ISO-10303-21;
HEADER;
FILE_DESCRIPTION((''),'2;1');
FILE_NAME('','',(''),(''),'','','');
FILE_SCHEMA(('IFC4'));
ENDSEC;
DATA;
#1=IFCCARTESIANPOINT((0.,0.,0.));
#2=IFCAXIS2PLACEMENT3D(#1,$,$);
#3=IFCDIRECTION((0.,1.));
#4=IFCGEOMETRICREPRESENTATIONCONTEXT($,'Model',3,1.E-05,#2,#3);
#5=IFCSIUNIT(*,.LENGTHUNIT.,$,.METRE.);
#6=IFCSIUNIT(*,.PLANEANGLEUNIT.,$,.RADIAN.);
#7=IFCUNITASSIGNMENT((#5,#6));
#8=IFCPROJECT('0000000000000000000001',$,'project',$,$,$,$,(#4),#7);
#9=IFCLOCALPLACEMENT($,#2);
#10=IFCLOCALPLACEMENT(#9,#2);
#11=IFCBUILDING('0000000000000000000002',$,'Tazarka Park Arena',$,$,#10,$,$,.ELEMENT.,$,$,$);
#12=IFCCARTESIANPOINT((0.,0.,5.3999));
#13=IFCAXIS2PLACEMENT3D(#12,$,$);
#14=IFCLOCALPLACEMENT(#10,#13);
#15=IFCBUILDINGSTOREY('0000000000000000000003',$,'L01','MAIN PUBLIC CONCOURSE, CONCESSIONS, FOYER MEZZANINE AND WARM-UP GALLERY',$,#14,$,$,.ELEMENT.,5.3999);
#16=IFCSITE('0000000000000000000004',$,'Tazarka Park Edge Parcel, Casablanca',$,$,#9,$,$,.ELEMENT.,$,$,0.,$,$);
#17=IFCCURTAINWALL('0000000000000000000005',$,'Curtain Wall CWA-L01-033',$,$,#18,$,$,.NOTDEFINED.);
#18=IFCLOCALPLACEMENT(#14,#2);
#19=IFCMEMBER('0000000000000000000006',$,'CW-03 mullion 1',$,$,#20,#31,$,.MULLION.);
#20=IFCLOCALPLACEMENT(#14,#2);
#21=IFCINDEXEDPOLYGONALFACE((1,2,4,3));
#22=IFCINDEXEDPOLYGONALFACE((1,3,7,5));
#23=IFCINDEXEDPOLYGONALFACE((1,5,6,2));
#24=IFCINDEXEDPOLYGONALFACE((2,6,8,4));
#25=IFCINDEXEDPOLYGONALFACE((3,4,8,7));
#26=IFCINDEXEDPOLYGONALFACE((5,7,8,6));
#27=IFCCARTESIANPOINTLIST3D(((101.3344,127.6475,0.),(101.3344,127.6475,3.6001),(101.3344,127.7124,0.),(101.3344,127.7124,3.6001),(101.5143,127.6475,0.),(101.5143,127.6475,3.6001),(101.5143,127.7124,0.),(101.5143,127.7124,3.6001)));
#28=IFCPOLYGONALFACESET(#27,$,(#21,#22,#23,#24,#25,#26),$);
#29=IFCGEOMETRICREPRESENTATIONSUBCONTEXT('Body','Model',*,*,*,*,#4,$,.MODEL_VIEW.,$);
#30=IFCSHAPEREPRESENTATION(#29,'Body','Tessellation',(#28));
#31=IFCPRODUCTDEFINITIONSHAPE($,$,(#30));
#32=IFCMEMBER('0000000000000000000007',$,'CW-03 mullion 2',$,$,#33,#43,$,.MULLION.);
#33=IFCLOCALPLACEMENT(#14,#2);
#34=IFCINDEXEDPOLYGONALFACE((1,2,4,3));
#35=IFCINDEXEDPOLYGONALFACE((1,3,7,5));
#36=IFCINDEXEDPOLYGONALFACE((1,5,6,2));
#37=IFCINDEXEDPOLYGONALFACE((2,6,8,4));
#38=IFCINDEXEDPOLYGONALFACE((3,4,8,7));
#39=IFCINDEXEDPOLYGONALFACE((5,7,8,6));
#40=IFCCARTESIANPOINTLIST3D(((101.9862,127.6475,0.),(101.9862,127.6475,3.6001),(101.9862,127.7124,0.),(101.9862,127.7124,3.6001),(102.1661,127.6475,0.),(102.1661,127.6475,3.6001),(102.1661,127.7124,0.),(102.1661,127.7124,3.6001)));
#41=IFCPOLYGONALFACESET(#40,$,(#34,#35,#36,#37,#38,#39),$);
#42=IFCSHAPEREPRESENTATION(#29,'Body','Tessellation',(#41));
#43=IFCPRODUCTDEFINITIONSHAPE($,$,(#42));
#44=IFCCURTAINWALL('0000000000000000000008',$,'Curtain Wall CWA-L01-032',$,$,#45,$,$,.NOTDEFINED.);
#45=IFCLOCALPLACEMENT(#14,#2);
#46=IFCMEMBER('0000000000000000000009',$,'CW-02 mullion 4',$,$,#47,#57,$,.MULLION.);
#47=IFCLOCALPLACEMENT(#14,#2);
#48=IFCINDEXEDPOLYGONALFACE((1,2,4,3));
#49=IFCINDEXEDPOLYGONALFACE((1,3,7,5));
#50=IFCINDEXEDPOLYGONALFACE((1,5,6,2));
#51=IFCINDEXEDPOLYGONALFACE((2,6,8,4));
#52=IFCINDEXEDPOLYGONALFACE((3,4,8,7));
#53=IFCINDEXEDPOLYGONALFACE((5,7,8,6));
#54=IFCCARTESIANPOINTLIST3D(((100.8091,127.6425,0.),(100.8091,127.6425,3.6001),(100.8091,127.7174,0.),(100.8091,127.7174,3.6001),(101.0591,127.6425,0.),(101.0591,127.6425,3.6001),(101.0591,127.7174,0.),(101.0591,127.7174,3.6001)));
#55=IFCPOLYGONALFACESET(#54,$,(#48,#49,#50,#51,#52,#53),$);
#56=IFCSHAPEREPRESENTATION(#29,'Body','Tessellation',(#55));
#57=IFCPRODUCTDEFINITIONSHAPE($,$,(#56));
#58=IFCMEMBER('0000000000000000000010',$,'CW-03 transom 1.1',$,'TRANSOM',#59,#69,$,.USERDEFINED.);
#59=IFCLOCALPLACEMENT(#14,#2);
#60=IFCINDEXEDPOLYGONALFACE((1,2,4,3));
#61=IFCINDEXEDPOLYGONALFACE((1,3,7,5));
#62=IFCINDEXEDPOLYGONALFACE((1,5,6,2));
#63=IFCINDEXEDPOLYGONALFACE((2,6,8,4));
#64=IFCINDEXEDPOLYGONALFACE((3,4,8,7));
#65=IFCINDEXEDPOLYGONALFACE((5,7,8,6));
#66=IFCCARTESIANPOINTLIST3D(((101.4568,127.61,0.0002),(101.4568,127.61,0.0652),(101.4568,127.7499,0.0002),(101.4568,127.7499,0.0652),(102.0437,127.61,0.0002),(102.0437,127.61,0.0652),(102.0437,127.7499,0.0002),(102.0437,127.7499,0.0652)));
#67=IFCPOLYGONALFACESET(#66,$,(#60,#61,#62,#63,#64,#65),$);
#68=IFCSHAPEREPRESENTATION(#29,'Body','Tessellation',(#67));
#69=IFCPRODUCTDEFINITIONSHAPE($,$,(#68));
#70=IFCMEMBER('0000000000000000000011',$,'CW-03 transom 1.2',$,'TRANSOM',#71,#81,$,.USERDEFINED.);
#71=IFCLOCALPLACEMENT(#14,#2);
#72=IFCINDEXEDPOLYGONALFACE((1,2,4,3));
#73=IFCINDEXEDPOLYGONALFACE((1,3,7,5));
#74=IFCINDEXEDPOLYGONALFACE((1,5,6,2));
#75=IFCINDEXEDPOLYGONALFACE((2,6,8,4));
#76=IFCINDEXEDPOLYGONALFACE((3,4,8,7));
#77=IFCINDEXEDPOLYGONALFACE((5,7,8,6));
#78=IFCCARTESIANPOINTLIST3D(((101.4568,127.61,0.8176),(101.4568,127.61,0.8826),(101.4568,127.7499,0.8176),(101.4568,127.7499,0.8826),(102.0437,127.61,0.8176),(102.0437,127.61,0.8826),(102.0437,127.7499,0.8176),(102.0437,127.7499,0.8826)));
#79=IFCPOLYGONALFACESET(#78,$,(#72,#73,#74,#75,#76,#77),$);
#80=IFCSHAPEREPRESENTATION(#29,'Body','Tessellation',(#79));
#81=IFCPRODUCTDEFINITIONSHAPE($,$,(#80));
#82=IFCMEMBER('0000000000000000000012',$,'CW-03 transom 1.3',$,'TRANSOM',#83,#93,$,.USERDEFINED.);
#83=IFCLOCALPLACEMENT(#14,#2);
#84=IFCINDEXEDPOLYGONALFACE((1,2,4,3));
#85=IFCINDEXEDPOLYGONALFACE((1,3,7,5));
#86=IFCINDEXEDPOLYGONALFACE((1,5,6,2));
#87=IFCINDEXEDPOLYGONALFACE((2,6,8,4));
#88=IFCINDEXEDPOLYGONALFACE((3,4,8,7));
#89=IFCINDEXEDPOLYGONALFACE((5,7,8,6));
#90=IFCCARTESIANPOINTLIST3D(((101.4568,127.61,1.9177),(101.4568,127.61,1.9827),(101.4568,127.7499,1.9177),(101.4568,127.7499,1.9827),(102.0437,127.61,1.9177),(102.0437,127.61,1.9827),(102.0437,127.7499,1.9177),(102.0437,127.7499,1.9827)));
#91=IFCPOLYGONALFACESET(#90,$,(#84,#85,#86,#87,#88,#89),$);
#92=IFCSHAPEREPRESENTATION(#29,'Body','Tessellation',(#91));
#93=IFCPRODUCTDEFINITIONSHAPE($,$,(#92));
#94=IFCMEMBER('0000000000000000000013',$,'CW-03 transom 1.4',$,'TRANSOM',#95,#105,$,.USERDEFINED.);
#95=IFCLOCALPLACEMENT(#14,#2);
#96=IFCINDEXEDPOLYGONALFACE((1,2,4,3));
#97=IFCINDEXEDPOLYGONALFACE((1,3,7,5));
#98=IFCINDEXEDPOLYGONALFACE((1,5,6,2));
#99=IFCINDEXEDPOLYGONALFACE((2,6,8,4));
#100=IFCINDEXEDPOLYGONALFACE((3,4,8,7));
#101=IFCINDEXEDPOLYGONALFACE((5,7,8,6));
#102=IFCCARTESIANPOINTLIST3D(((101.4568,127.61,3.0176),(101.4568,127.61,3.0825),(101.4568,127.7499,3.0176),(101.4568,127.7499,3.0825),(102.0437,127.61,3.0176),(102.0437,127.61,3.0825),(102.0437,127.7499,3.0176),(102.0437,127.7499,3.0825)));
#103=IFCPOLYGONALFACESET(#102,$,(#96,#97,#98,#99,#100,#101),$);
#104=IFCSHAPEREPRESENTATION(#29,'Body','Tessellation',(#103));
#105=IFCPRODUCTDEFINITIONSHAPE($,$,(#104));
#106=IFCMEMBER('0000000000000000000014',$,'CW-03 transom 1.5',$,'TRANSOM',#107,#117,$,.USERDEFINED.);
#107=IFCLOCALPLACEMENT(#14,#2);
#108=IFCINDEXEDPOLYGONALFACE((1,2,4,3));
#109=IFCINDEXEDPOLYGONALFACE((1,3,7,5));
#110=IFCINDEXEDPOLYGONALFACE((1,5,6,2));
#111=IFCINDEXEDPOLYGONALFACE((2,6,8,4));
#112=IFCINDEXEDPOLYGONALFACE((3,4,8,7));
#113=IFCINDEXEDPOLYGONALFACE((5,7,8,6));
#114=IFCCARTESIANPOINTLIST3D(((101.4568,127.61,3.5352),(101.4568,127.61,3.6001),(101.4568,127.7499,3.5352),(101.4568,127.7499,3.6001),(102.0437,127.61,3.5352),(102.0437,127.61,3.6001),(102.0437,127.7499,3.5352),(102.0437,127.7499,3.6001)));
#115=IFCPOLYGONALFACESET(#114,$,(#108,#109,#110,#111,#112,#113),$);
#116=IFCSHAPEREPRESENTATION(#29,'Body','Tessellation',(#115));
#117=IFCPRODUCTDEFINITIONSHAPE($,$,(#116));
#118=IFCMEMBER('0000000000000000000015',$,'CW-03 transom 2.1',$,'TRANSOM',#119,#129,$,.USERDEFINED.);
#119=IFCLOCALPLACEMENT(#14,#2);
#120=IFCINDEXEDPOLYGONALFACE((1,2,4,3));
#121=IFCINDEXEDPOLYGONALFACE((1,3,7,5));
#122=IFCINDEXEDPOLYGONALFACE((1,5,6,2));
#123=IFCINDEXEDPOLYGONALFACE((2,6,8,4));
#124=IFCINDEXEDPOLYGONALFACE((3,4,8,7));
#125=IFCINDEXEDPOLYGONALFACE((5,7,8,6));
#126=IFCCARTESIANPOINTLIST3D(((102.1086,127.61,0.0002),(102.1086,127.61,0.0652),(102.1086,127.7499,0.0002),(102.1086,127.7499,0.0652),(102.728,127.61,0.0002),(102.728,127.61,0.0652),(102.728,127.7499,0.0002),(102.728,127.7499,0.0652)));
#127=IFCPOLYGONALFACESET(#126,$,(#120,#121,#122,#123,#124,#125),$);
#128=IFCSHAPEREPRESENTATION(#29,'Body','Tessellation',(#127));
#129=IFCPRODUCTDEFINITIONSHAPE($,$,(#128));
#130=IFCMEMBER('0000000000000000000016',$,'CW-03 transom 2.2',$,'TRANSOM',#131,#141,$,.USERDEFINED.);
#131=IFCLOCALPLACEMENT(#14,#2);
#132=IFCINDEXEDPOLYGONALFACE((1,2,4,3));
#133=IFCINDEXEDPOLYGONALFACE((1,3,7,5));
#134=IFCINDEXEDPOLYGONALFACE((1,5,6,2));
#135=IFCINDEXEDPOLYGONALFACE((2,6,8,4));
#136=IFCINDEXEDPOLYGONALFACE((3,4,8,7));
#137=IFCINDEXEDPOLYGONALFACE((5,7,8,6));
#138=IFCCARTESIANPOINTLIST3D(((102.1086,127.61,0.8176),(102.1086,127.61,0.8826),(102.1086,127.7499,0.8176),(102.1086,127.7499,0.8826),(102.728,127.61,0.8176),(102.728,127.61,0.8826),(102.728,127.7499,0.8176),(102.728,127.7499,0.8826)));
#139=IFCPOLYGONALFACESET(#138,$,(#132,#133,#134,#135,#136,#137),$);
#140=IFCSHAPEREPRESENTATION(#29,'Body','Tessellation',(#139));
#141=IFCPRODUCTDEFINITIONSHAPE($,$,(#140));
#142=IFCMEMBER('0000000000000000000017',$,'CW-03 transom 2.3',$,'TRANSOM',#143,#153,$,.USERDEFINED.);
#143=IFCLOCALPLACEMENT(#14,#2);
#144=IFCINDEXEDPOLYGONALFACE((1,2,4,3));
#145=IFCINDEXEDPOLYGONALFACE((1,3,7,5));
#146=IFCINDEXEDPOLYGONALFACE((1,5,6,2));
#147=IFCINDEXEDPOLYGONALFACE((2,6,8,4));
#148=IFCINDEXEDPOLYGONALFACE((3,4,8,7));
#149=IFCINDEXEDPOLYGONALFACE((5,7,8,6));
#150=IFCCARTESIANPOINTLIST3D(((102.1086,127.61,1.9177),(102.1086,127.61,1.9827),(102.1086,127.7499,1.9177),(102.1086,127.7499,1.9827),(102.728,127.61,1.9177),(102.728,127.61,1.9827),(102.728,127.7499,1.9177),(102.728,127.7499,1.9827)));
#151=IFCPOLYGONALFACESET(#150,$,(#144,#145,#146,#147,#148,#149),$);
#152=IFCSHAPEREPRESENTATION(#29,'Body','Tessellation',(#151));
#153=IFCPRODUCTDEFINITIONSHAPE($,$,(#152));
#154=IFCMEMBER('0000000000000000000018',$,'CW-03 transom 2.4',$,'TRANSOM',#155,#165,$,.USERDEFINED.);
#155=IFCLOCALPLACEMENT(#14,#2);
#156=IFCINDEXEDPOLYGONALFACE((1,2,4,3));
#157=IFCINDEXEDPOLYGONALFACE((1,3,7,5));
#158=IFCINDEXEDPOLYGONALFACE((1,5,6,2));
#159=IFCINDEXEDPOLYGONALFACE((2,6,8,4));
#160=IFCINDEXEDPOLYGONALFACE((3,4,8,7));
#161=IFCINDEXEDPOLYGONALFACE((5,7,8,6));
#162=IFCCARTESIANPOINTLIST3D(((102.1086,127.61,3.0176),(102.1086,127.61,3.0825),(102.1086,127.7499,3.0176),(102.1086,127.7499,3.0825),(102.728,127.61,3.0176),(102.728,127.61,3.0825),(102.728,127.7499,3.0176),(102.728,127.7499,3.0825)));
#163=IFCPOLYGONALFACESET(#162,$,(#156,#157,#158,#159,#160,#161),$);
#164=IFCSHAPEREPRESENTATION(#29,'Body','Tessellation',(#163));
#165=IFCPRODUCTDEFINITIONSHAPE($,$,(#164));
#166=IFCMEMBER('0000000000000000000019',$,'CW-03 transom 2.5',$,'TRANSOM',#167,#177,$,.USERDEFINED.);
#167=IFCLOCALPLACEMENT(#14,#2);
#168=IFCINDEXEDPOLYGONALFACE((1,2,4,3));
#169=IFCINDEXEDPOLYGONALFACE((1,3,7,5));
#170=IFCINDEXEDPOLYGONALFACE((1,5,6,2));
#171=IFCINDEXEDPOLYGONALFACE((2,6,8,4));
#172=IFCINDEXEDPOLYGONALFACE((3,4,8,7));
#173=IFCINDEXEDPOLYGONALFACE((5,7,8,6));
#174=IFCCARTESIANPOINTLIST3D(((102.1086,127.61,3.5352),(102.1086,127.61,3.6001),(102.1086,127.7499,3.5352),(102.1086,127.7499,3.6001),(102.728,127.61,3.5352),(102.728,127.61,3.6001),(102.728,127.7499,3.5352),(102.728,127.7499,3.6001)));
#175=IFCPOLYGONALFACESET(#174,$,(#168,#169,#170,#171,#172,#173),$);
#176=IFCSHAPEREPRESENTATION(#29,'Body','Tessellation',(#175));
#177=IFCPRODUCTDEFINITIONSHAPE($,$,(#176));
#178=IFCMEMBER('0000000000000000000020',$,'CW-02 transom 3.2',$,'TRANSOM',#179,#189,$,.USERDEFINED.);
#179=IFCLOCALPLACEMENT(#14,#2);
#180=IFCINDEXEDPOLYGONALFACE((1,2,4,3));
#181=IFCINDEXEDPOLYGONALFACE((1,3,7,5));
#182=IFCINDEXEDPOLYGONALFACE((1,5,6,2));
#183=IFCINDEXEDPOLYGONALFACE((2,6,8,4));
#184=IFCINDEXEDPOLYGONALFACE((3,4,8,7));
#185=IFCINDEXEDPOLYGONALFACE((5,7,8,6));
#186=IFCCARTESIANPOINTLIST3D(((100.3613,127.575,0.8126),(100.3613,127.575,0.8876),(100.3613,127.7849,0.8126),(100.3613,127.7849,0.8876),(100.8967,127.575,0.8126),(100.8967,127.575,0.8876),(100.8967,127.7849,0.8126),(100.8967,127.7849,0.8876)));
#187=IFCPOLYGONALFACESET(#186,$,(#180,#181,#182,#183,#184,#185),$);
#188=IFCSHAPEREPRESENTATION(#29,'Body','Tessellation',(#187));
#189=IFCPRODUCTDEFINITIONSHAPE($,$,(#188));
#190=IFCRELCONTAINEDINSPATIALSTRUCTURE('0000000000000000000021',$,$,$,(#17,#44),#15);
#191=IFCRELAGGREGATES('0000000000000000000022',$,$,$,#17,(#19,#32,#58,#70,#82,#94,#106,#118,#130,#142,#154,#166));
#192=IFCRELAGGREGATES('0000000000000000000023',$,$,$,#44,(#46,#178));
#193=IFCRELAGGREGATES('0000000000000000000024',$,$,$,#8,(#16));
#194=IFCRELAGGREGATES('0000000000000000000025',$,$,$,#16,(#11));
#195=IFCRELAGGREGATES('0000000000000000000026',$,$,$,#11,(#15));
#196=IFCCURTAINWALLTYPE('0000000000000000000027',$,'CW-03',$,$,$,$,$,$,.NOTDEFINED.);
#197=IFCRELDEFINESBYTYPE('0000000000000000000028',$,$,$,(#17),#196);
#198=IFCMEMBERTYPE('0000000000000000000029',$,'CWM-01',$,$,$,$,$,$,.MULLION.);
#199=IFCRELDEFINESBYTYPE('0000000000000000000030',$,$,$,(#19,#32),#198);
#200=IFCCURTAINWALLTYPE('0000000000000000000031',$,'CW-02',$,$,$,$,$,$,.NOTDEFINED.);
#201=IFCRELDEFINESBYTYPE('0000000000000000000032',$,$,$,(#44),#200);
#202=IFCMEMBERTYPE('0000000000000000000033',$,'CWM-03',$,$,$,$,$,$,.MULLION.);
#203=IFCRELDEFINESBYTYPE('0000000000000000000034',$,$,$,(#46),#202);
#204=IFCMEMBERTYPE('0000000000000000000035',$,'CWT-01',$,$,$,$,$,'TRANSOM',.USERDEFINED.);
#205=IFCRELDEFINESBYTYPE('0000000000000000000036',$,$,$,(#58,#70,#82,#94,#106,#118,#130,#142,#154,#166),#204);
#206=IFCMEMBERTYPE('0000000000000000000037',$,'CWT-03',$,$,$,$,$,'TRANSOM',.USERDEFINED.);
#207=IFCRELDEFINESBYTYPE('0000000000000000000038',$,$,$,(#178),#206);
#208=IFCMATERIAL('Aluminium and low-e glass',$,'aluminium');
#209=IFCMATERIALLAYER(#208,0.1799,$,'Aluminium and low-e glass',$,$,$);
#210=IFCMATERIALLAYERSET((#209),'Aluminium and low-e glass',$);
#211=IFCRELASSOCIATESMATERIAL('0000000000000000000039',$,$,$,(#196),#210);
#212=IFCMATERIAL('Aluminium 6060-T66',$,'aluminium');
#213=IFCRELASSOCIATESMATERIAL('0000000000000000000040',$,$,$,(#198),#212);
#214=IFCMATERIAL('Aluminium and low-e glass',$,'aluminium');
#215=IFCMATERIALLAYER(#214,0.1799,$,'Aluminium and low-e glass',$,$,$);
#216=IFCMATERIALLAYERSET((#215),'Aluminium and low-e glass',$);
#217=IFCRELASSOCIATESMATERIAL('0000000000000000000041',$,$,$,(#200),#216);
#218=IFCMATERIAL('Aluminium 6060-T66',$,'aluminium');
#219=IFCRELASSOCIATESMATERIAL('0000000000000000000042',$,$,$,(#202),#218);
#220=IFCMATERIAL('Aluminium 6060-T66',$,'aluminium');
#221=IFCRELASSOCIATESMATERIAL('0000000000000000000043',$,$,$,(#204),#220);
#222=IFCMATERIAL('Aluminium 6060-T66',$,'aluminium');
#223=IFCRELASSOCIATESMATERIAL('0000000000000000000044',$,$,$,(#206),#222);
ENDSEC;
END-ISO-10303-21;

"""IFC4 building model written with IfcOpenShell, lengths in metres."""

from ifc_helpers import new_model, si_unit, direction, frame, origin, origin_2d, place, context, subcontext, project, spatial, rectangle, extrude, material, layer, layer_set, material_profile, profile_set, type_object, element, aggregate, save


model = new_model("IFC4")

# Units and contexts
model_context = context("Model", 3, precision=1e-05, world=origin(), true_north=direction((0.0, 1.0)))
body_context = subcontext(model_context, "Body", "Model", "MODEL_VIEW")
ifc_project = project(units=[si_unit("LENGTHUNIT", "METRE"), si_unit("PLANEANGLEUNIT", "RADIAN")], contexts=[model_context])

# Site, building, storey
site_placement = place(None, origin())
site = spatial("IfcSite", under=ifc_project, at=site_placement, Name="Tazarka Park Edge Parcel, Casablanca", CompositionType="ELEMENT", RefElevation=0.0)
building_placement = place(site_placement, origin())
building = spatial("IfcBuilding", under=site, at=building_placement, Name="Tazarka Park Arena", CompositionType="ELEMENT")
storey_placement = place(building_placement, frame((0.0, 0.0, 5.3999)))
storey = spatial("IfcBuildingStorey", under=building, at=storey_placement, Name="L01", Description="MAIN PUBLIC CONCOURSE, CONCESSIONS, FOYER MEZZANINE AND WARM-UP GALLERY", CompositionType="ELEMENT", Elevation=5.3999)

# Curtain wall, members
ifc_material_1 = material(Name="Aluminium and low-e glass", Category="aluminium")
ifc_layer_1 = layer(ifc_material_1, 0.1799, Name="Aluminium and low-e glass")
ifc_layer_set_1 = layer_set([ifc_layer_1], Name="Aluminium and low-e glass")
curtain_wall_type_1 = type_object("IfcCurtainWallType", Name="CW-03", PredefinedType="NOTDEFINED", material=ifc_layer_set_1)
curtain_wall_1_placement = place(storey_placement, origin())
curtain_wall_1 = element("IfcCurtainWall", 1, at=curtain_wall_1_placement, inside=storey, type_object=curtain_wall_type_1, Name="Curtain Wall CWA-L01-033", PredefinedType="NOTDEFINED")
ifc_material_2 = material(Name="Aluminium 6060-T66", Category="aluminium")
ifc_material_profile_1 = material_profile(ifc_material_2, rectangle(XDim=0.0649, YDim=0.1799, at=origin_2d()), Name="Aluminium 6060-T66")
ifc_profile_set_1 = profile_set([ifc_material_profile_1], Name="Aluminium 6060-T66")
member_type_1 = type_object("IfcMemberType", Name="CWM-01", PredefinedType="MULLION", material=ifc_profile_set_1)
member_1_placement = place(storey_placement, frame((101.4243, 127.6799, 0.0), z_axis=(0.0, 0.0, 1.0), x_axis=(0.0, 1.0, 0.0)))
member_1 = element("IfcMember", 2, at=member_1_placement, type_object=member_type_1, Name="CW-03 mullion 1", PredefinedType="MULLION", context=body_context, shape_type="SweptSolid", body=[
    extrude(rectangle(XDim=0.0649, YDim=0.1799, at=origin_2d()), origin(), (0.0, 0.0, 1.0), 3.6001),
])
member_2_placement = place(storey_placement, frame((102.0762, 127.6799, 0.0), z_axis=(0.0, 0.0, 1.0), x_axis=(0.0, 1.0, 0.0)))
member_2 = element("IfcMember", 3, at=member_2_placement, type_object=member_type_1, Name="CW-03 mullion 2", PredefinedType="MULLION", context=body_context, shape_type="SweptSolid", body=[
    extrude(rectangle(XDim=0.0649, YDim=0.1799, at=origin_2d()), origin(), (0.0, 0.0, 1.0), 3.6001),
])

# Curtain wall, member
ifc_material_3 = material(Name="Aluminium and low-e glass", Category="aluminium")
ifc_layer_2 = layer(ifc_material_3, 0.1799, Name="Aluminium and low-e glass")
ifc_layer_set_2 = layer_set([ifc_layer_2], Name="Aluminium and low-e glass")
curtain_wall_type_2 = type_object("IfcCurtainWallType", Name="CW-02", PredefinedType="NOTDEFINED", material=ifc_layer_set_2)
curtain_wall_2_placement = place(storey_placement, origin())
curtain_wall_2 = element("IfcCurtainWall", 4, at=curtain_wall_2_placement, inside=storey, type_object=curtain_wall_type_2, Name="Curtain Wall CWA-L01-032", PredefinedType="NOTDEFINED")
ifc_material_4 = material(Name="Aluminium 6060-T66", Category="aluminium")
ifc_material_profile_2 = material_profile(ifc_material_4, rectangle(XDim=0.075, YDim=0.25, at=origin_2d()), Name="Aluminium 6060-T66")
ifc_profile_set_2 = profile_set([ifc_material_profile_2], Name="Aluminium 6060-T66")
member_type_2 = type_object("IfcMemberType", Name="CWM-03", PredefinedType="MULLION", material=ifc_profile_set_2)
member_3_placement = place(storey_placement, frame((100.9341, 127.6799, 0.0), z_axis=(0.0, 0.0, 1.0), x_axis=(0.0, 1.0, 0.0)))
member_3 = element("IfcMember", 5, at=member_3_placement, type_object=member_type_2, Name="CW-02 mullion 4", PredefinedType="MULLION", context=body_context, shape_type="SweptSolid", body=[
    extrude(rectangle(XDim=0.075, YDim=0.25, at=origin_2d()), origin(), (0.0, 0.0, 1.0), 3.6001),
])

# Members
ifc_material_5 = material(Name="Aluminium 6060-T66", Category="aluminium")
ifc_material_profile_3 = material_profile(ifc_material_5, rectangle(XDim=0.1399, YDim=0.0649, at=origin_2d()), Name="Aluminium 6060-T66")
ifc_profile_set_3 = profile_set([ifc_material_profile_3], Name="Aluminium 6060-T66")
member_type_3 = type_object("IfcMemberType", Name="CWT-01", ElementType="TRANSOM", PredefinedType="USERDEFINED", material=ifc_profile_set_3)
member_4_placement = place(storey_placement, frame((101.4568, 127.6799, 0.0327), z_axis=(1.0, 0.0, 0.0), x_axis=(0.0, 1.0, 0.0)))
member_4 = element("IfcMember", 6, at=member_4_placement, type_object=member_type_3, Name="CW-03 transom 1.1", ObjectType="TRANSOM", PredefinedType="USERDEFINED", context=body_context, shape_type="SweptSolid", body=[
    extrude(rectangle(XDim=0.1399, YDim=0.0649, at=origin_2d()), origin(), (0.0, 0.0, 1.0), 0.5869),
])
member_5_placement = place(storey_placement, frame((101.4568, 127.6799, 0.8501), z_axis=(1.0, 0.0, 0.0), x_axis=(0.0, 1.0, 0.0)))
member_5 = element("IfcMember", 7, at=member_5_placement, type_object=member_type_3, Name="CW-03 transom 1.2", ObjectType="TRANSOM", PredefinedType="USERDEFINED", context=body_context, shape_type="SweptSolid", body=[
    extrude(rectangle(XDim=0.1399, YDim=0.0649, at=origin_2d()), origin(), (0.0, 0.0, 1.0), 0.5869),
])
member_6_placement = place(storey_placement, frame((101.4568, 127.6799, 1.9502), z_axis=(1.0, 0.0, 0.0), x_axis=(0.0, 1.0, 0.0)))
member_6 = element("IfcMember", 8, at=member_6_placement, type_object=member_type_3, Name="CW-03 transom 1.3", ObjectType="TRANSOM", PredefinedType="USERDEFINED", context=body_context, shape_type="SweptSolid", body=[
    extrude(rectangle(XDim=0.1399, YDim=0.0649, at=origin_2d()), origin(), (0.0, 0.0, 1.0), 0.5869),
])
member_7_placement = place(storey_placement, frame((101.4568, 127.6799, 3.05), z_axis=(1.0, 0.0, 0.0), x_axis=(0.0, 1.0, 0.0)))
member_7 = element("IfcMember", 9, at=member_7_placement, type_object=member_type_3, Name="CW-03 transom 1.4", ObjectType="TRANSOM", PredefinedType="USERDEFINED", context=body_context, shape_type="SweptSolid", body=[
    extrude(rectangle(XDim=0.1399, YDim=0.0649, at=origin_2d()), origin(), (0.0, 0.0, 1.0), 0.5869),
])
member_8_placement = place(storey_placement, frame((101.4568, 127.6799, 3.5676), z_axis=(1.0, 0.0, 0.0), x_axis=(0.0, 1.0, 0.0)))
member_8 = element("IfcMember", 10, at=member_8_placement, type_object=member_type_3, Name="CW-03 transom 1.5", ObjectType="TRANSOM", PredefinedType="USERDEFINED", context=body_context, shape_type="SweptSolid", body=[
    extrude(rectangle(XDim=0.1399, YDim=0.0649, at=origin_2d()), origin(), (0.0, 0.0, 1.0), 0.5869),
])
member_9_placement = place(storey_placement, frame((102.1086, 127.6799, 0.0327), z_axis=(1.0, 0.0, 0.0), x_axis=(0.0, 1.0, 0.0)))
member_9 = element("IfcMember", 11, at=member_9_placement, type_object=member_type_3, Name="CW-03 transom 2.1", ObjectType="TRANSOM", PredefinedType="USERDEFINED", context=body_context, shape_type="SweptSolid", body=[
    extrude(rectangle(XDim=0.1399, YDim=0.0649, at=origin_2d()), origin(), (0.0, 0.0, 1.0), 0.6194),
])
member_10_placement = place(storey_placement, frame((102.1086, 127.6799, 0.8501), z_axis=(1.0, 0.0, 0.0), x_axis=(0.0, 1.0, 0.0)))
member_10 = element("IfcMember", 12, at=member_10_placement, type_object=member_type_3, Name="CW-03 transom 2.2", ObjectType="TRANSOM", PredefinedType="USERDEFINED", context=body_context, shape_type="SweptSolid", body=[
    extrude(rectangle(XDim=0.1399, YDim=0.0649, at=origin_2d()), origin(), (0.0, 0.0, 1.0), 0.6194),
])
member_11_placement = place(storey_placement, frame((102.1086, 127.6799, 1.9502), z_axis=(1.0, 0.0, 0.0), x_axis=(0.0, 1.0, 0.0)))
member_11 = element("IfcMember", 13, at=member_11_placement, type_object=member_type_3, Name="CW-03 transom 2.3", ObjectType="TRANSOM", PredefinedType="USERDEFINED", context=body_context, shape_type="SweptSolid", body=[
    extrude(rectangle(XDim=0.1399, YDim=0.0649, at=origin_2d()), origin(), (0.0, 0.0, 1.0), 0.6194),
])
member_12_placement = place(storey_placement, frame((102.1086, 127.6799, 3.05), z_axis=(1.0, 0.0, 0.0), x_axis=(0.0, 1.0, 0.0)))
member_12 = element("IfcMember", 14, at=member_12_placement, type_object=member_type_3, Name="CW-03 transom 2.4", ObjectType="TRANSOM", PredefinedType="USERDEFINED", context=body_context, shape_type="SweptSolid", body=[
    extrude(rectangle(XDim=0.1399, YDim=0.0649, at=origin_2d()), origin(), (0.0, 0.0, 1.0), 0.6194),
])
member_13_placement = place(storey_placement, frame((102.1086, 127.6799, 3.5676), z_axis=(1.0, 0.0, 0.0), x_axis=(0.0, 1.0, 0.0)))
member_13 = element("IfcMember", 15, at=member_13_placement, type_object=member_type_3, Name="CW-03 transom 2.5", ObjectType="TRANSOM", PredefinedType="USERDEFINED", context=body_context, shape_type="SweptSolid", body=[
    extrude(rectangle(XDim=0.1399, YDim=0.0649, at=origin_2d()), origin(), (0.0, 0.0, 1.0), 0.6194),
])
ifc_material_6 = material(Name="Aluminium 6060-T66", Category="aluminium")
ifc_material_profile_4 = material_profile(ifc_material_6, rectangle(XDim=0.21, YDim=0.075, at=origin_2d()), Name="Aluminium 6060-T66")
ifc_profile_set_4 = profile_set([ifc_material_profile_4], Name="Aluminium 6060-T66")
member_type_4 = type_object("IfcMemberType", Name="CWT-03", ElementType="TRANSOM", PredefinedType="USERDEFINED", material=ifc_profile_set_4)
member_14_placement = place(storey_placement, frame((100.3613, 127.6799, 0.8501), z_axis=(1.0, 0.0, 0.0), x_axis=(0.0, 1.0, 0.0)))
member_14 = element("IfcMember", 16, at=member_14_placement, type_object=member_type_4, Name="CW-02 transom 3.2", ObjectType="TRANSOM", PredefinedType="USERDEFINED", context=body_context, shape_type="SweptSolid", body=[
    extrude(rectangle(XDim=0.21, YDim=0.075, at=origin_2d()), origin(), (0.0, 0.0, 1.0), 0.5354),
])

aggregate(curtain_wall_1, [member_1, member_2, member_4, member_5, member_6, member_7, member_8, member_9, member_10, member_11, member_12, member_13])
aggregate(curtain_wall_2, [member_3, member_14])

save(model, "model.ifc")
